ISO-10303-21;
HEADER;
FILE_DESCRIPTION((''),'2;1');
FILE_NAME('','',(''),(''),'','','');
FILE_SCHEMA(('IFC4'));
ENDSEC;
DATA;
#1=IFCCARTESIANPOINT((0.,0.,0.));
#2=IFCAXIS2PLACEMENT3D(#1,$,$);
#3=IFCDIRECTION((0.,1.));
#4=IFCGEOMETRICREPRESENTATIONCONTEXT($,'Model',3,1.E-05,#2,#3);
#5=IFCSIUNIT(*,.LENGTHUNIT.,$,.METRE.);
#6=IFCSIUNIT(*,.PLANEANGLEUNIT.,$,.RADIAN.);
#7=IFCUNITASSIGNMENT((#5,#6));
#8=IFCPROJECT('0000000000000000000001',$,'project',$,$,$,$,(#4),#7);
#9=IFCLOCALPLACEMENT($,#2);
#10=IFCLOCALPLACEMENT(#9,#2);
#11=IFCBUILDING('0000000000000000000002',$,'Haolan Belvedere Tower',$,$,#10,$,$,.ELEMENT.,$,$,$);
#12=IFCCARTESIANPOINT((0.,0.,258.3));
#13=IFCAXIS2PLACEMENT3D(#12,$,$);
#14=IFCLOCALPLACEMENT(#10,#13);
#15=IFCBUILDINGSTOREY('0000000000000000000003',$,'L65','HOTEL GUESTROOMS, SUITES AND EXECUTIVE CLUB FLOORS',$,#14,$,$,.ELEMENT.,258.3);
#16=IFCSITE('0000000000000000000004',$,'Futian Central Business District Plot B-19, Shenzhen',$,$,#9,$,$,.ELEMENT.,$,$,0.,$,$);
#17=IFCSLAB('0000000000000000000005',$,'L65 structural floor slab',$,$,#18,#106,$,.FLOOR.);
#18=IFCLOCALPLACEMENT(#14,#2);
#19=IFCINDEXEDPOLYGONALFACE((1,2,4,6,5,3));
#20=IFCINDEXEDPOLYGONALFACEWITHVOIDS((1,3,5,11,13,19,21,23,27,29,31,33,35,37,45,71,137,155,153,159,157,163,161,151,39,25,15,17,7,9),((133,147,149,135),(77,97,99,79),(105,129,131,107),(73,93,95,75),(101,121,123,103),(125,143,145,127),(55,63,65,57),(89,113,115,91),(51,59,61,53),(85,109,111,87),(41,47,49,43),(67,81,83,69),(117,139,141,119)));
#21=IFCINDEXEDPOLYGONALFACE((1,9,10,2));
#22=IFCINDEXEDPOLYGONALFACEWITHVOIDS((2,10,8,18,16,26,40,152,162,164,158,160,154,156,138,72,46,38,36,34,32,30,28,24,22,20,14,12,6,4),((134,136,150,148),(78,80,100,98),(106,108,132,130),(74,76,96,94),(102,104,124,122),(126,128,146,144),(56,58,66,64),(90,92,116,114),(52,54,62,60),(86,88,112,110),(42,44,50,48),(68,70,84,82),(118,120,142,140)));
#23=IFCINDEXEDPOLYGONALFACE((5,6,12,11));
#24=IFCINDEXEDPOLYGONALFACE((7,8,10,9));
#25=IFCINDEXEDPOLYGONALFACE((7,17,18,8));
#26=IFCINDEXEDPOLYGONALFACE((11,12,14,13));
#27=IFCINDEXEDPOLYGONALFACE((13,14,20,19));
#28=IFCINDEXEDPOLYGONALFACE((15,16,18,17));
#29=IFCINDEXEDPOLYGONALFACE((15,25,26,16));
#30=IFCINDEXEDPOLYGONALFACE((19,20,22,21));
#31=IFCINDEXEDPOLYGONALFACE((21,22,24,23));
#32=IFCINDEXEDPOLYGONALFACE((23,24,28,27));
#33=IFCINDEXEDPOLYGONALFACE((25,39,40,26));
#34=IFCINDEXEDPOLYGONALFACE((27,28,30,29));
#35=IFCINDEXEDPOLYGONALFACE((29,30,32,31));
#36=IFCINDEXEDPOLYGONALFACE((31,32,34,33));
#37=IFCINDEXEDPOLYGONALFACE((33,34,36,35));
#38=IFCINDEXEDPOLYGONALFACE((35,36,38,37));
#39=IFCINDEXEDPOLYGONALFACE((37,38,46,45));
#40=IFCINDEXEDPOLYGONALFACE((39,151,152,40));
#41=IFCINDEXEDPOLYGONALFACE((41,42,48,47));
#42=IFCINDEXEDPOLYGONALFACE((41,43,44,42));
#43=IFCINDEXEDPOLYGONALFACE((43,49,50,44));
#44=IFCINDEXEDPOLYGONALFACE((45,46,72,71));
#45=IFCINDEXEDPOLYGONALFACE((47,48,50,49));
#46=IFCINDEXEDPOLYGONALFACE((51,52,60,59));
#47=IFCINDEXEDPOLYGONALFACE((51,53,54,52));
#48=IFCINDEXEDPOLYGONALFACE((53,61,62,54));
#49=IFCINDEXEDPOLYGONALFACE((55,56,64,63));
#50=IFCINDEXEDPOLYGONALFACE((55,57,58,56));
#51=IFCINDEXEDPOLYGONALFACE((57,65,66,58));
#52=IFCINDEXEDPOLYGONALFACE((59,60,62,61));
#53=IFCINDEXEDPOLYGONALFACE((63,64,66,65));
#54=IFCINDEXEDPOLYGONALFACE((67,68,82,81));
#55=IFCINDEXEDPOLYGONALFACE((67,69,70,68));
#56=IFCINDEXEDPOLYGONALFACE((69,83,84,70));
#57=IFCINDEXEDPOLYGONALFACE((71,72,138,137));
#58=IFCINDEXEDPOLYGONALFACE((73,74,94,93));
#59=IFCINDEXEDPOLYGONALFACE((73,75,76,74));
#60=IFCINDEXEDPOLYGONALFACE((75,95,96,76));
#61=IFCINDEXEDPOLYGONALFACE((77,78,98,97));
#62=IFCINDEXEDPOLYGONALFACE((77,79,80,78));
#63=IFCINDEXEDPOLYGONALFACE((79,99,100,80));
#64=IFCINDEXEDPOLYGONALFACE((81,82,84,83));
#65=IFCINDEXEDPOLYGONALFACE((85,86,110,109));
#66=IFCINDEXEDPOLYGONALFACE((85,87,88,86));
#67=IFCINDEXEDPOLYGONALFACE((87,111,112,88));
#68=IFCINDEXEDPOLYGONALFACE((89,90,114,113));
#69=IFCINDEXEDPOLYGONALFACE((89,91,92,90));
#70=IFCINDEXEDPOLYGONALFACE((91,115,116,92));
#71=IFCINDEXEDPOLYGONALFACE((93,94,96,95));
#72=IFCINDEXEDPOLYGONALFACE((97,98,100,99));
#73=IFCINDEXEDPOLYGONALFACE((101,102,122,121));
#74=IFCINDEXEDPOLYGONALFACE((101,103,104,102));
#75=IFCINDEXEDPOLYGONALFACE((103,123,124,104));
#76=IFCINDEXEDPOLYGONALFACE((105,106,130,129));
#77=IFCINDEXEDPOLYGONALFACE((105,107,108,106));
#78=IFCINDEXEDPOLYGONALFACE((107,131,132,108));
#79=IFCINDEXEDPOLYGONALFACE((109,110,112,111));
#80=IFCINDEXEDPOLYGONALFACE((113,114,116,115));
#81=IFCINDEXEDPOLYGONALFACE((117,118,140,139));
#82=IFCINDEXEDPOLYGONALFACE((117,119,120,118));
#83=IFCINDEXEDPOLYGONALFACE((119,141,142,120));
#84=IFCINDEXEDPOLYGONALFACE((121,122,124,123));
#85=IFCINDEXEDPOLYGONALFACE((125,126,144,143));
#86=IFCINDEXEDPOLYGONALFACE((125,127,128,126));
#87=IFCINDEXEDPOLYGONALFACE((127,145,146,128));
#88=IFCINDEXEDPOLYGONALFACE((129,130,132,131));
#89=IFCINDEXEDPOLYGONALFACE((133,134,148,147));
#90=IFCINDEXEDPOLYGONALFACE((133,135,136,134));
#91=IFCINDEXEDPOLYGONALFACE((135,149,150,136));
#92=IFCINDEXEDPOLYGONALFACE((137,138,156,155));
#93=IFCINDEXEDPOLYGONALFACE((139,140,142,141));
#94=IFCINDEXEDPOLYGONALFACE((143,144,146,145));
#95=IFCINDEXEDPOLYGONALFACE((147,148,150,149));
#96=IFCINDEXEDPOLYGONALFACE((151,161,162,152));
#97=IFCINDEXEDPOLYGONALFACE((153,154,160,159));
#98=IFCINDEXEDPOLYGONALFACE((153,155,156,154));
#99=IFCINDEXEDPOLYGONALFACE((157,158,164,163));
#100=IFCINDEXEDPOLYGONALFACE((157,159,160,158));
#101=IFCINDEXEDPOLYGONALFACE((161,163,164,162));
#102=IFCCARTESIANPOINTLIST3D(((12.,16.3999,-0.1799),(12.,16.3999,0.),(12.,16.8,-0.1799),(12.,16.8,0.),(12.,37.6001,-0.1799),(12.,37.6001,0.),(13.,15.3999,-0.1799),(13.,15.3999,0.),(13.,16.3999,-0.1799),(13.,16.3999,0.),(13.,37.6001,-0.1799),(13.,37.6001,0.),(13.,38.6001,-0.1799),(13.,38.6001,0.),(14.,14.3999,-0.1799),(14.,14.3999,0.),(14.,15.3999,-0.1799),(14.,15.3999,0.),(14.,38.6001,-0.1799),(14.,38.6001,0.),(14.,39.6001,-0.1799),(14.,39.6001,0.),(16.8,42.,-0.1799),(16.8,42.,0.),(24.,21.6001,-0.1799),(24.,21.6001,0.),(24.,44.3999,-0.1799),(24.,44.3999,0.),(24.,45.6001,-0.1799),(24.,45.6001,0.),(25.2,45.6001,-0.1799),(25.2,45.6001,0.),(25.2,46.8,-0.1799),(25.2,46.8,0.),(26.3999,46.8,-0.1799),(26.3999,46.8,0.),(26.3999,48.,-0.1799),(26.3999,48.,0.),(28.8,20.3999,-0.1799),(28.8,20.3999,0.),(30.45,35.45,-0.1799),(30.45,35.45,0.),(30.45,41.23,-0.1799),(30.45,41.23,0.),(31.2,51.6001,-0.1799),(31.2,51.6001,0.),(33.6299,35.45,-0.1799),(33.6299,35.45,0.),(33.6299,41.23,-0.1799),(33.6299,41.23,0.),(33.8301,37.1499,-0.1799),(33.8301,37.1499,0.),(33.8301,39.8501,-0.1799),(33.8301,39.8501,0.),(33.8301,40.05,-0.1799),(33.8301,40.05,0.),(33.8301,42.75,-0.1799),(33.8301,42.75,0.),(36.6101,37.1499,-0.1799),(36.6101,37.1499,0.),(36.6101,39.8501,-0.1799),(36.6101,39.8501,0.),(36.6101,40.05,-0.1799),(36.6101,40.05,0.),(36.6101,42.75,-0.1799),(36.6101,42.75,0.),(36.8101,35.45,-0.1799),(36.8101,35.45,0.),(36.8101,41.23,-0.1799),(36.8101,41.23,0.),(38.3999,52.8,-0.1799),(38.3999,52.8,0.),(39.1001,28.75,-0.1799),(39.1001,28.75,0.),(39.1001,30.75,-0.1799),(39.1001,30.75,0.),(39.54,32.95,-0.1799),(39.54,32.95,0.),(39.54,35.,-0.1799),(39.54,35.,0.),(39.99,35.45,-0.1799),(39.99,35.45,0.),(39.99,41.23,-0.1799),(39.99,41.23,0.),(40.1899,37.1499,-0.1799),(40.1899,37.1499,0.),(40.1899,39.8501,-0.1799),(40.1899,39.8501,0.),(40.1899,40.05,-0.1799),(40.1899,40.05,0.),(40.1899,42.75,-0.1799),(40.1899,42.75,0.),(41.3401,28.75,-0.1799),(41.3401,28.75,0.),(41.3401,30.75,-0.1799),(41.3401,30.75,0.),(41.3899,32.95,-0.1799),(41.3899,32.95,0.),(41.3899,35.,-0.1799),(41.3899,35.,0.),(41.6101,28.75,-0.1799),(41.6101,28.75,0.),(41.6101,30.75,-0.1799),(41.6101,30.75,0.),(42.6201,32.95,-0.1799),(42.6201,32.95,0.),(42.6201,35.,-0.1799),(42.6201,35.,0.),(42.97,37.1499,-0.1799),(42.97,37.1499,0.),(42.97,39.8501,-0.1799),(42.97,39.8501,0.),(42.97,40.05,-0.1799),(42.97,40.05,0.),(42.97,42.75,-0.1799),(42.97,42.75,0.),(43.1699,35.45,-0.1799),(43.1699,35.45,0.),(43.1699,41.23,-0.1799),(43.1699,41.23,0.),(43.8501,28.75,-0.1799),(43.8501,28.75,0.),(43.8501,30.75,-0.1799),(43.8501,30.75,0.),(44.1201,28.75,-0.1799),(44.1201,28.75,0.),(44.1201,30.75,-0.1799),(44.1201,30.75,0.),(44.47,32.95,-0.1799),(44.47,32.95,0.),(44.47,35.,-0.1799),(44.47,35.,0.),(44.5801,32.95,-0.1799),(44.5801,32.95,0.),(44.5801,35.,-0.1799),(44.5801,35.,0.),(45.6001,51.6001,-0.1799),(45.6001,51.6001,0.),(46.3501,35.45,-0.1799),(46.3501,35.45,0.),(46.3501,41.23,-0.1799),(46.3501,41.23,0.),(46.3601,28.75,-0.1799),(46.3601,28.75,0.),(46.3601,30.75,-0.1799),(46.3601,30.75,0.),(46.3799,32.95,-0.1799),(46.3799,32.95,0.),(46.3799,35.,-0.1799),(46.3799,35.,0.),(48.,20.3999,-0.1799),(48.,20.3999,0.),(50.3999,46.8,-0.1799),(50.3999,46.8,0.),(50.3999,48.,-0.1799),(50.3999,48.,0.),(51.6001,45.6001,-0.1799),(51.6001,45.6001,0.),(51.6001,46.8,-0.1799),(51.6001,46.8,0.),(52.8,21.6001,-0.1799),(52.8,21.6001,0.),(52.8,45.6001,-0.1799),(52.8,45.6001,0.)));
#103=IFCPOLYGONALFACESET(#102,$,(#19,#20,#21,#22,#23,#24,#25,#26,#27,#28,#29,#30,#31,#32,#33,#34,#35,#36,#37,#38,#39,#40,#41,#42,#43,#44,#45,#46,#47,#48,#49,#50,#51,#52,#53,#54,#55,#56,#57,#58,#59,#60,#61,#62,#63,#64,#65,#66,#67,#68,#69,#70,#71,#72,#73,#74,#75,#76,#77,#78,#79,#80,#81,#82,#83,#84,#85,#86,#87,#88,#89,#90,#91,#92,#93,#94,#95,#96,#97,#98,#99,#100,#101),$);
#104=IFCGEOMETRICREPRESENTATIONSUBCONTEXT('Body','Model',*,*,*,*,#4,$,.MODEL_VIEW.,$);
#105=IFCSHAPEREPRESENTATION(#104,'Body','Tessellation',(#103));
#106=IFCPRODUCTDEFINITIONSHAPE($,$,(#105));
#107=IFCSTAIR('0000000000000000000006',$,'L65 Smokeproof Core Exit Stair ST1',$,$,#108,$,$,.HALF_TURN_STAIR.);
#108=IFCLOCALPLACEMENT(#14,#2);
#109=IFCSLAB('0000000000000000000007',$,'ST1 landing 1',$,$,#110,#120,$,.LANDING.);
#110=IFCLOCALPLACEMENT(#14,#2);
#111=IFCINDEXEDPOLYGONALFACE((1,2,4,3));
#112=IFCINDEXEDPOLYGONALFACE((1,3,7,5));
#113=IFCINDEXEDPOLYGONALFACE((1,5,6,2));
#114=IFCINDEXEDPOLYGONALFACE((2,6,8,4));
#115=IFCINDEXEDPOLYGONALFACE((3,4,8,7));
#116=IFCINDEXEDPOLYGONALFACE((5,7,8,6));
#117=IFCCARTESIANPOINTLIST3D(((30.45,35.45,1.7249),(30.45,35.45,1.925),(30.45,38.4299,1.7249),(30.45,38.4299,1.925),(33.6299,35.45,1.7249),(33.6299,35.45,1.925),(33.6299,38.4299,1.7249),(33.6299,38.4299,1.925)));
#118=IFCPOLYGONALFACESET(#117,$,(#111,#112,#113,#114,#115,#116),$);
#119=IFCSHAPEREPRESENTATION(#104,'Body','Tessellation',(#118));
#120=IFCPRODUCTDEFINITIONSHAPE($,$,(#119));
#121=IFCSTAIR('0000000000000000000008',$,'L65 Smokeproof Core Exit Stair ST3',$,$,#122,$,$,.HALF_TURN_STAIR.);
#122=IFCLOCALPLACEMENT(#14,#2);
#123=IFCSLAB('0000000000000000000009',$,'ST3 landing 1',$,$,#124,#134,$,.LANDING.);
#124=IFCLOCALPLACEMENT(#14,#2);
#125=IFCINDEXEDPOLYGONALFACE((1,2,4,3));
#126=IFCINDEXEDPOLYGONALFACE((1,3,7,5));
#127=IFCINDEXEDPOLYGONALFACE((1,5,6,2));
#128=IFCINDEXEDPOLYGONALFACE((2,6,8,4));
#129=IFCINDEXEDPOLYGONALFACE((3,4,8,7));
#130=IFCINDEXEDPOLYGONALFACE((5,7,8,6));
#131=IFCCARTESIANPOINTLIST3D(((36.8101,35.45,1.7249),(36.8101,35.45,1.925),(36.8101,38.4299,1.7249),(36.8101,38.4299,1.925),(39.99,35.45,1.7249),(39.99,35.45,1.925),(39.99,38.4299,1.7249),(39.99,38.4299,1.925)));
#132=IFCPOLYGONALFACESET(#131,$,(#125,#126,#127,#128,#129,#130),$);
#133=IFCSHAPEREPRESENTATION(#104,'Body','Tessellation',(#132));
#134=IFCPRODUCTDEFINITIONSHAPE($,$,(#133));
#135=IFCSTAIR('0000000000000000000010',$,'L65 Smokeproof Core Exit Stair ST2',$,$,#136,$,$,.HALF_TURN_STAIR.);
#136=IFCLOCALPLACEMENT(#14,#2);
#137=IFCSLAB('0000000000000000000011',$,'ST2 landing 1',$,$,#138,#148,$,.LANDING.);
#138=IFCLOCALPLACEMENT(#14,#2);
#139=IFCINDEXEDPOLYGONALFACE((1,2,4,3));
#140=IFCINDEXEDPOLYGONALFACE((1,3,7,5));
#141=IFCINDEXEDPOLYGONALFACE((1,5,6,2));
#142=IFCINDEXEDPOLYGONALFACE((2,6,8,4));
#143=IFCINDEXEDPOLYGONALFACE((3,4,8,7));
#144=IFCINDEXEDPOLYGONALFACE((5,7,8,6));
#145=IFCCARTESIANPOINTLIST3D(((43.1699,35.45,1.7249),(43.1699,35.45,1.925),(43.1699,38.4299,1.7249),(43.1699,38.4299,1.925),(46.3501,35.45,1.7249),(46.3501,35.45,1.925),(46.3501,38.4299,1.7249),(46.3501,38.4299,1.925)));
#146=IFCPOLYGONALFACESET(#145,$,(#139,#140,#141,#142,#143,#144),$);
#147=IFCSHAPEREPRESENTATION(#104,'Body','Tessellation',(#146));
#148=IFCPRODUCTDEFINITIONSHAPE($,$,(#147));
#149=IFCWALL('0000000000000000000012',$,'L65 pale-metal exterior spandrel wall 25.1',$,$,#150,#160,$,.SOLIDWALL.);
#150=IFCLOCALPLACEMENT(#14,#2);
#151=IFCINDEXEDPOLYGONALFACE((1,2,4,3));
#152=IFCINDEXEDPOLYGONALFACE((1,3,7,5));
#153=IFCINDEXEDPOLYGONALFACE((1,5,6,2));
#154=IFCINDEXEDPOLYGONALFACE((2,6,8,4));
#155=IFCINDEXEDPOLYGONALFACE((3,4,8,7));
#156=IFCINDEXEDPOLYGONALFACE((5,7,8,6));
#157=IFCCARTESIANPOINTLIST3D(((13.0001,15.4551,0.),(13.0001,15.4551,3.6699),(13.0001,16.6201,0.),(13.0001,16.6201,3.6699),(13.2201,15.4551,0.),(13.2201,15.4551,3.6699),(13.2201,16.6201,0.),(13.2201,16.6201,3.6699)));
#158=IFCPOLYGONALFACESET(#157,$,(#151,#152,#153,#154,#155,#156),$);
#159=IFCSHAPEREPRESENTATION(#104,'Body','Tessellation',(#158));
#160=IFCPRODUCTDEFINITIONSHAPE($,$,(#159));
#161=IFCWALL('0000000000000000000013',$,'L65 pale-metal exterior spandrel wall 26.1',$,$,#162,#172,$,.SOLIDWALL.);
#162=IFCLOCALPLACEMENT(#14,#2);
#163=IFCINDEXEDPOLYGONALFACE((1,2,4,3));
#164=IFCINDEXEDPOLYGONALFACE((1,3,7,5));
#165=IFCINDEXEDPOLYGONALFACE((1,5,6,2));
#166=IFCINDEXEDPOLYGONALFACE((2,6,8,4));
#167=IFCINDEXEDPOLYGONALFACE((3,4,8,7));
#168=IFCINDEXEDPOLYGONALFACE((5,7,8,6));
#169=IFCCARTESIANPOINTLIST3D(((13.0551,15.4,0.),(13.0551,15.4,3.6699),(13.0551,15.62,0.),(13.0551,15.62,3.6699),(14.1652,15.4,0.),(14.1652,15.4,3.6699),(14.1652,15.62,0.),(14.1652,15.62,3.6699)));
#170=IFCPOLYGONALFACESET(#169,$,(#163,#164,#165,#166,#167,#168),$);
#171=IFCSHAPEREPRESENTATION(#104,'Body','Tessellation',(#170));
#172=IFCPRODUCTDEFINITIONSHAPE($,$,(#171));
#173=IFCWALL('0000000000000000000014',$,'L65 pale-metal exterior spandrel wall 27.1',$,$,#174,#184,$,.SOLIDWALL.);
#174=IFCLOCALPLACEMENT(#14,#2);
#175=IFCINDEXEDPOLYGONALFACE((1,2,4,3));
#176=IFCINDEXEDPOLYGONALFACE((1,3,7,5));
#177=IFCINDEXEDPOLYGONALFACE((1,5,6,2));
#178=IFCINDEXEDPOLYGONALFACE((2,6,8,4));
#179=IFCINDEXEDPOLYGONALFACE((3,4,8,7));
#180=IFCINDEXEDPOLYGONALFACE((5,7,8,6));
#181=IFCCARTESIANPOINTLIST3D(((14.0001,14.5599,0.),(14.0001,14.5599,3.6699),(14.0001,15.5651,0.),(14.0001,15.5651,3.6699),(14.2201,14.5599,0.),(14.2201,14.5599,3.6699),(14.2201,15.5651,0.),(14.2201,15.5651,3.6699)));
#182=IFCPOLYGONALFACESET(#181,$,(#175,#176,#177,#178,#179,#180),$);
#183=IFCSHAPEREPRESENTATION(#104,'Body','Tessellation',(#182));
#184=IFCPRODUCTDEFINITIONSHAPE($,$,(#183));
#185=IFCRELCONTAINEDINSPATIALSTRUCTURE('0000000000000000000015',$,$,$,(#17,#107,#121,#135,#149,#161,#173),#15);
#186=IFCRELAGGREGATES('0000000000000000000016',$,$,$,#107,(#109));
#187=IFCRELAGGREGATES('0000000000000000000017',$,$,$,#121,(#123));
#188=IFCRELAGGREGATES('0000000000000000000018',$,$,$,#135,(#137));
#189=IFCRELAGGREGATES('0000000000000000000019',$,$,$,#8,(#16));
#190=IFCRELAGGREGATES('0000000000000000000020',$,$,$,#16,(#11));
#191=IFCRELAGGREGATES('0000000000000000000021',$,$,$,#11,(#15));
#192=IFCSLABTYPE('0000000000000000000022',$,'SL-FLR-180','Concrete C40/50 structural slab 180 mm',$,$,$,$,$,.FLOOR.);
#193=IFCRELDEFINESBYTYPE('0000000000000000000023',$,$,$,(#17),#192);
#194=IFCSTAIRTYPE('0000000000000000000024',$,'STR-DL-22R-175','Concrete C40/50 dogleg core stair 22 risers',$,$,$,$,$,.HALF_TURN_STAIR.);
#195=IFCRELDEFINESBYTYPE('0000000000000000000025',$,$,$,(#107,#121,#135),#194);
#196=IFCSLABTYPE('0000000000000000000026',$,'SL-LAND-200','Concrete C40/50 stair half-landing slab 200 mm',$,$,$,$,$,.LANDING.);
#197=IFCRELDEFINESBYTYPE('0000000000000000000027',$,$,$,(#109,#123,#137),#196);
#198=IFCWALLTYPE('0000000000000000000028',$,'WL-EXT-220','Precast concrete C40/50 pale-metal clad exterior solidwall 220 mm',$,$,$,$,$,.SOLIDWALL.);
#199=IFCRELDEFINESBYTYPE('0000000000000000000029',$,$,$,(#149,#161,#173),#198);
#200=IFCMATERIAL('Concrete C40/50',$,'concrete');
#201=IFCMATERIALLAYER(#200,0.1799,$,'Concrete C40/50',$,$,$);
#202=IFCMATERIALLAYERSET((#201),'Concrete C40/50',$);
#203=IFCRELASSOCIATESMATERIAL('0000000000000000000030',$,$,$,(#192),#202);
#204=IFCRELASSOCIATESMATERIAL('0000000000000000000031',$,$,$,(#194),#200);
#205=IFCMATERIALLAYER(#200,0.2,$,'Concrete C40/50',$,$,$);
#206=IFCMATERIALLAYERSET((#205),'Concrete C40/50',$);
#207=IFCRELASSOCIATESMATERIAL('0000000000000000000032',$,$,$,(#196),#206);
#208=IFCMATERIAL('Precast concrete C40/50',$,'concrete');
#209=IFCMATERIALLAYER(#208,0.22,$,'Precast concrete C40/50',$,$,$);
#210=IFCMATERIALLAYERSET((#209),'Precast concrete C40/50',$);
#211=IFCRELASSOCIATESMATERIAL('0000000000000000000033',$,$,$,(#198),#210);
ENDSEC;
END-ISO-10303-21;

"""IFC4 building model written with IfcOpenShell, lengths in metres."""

from ifc_helpers import new_model, si_unit, direction, frame, frame_2d, origin, place, context, subcontext, project, spatial, polyline, rectangle, outline, extrude, material, layer, layer_set, type_object, element, aggregate, save


model = new_model("IFC4")

# Units and contexts
model_context = context("Model", 3, precision=1e-05, world=origin(), true_north=direction((0.0, 1.0)))
body_context = subcontext(model_context, "Body", "Model", "MODEL_VIEW")
ifc_project = project(units=[si_unit("LENGTHUNIT", "METRE"), si_unit("PLANEANGLEUNIT", "RADIAN")], contexts=[model_context])

# Site, building, storey
site_placement = place(None, origin())
site = spatial("IfcSite", under=ifc_project, at=site_placement, Name="Futian Central Business District Plot B-19, Shenzhen", CompositionType="ELEMENT", RefElevation=0.0)
building_placement = place(site_placement, origin())
building = spatial("IfcBuilding", under=site, at=building_placement, Name="Haolan Belvedere Tower", CompositionType="ELEMENT")
storey_placement = place(building_placement, frame((0.0, 0.0, 258.3)))
storey = spatial("IfcBuildingStorey", under=building, at=storey_placement, Name="L65", Description="HOTEL GUESTROOMS, SUITES AND EXECUTIVE CLUB FLOORS", CompositionType="ELEMENT", Elevation=258.3)

# Slab
ifc_material_1 = material(Name="Concrete C40/50", Category="concrete")
ifc_layer_1 = layer(ifc_material_1, 0.1799, Name="Concrete C40/50")
ifc_layer_set_1 = layer_set([ifc_layer_1], Name="Concrete C40/50")
slab_type_1 = type_object("IfcSlabType", Name="SL-FLR-180", Description="Concrete C40/50 structural slab 180 mm", PredefinedType="FLOOR", material=ifc_layer_set_1)
slab_1_placement = place(storey_placement, frame((0.0, 0.0, -0.1799)))
element("IfcSlab", 1, at=slab_1_placement, inside=storey, type_object=slab_type_1, Name="L65 structural floor slab", PredefinedType="FLOOR", context=body_context, shape_type="SweptSolid", body=[
    extrude(outline(polyline([(24.0, 21.6001), (28.8, 20.3999), (48.0, 20.3999), (52.8, 21.6001), (52.8, 45.6001), (51.6001, 45.6001), (51.6001, 46.8), (50.3999, 46.8), (50.3999, 48.0), (45.6001, 51.6001), (38.3999, 52.8), (31.2, 51.6001), (26.3999, 48.0), (26.3999, 46.8), (25.2, 46.8), (25.2, 45.6001), (24.0, 45.6001), (24.0, 44.3999), (16.8, 42.0), (14.0, 39.6001), (14.0, 38.6001), (13.0, 38.6001), (13.0, 37.6001), (12.0, 37.6001), (12.0, 16.8), (12.0, 16.3999), (13.0, 16.3999), (13.0, 15.3999), (14.0, 15.3999), (14.0, 14.3999), (24.0, 21.6001)]), holes=[polyline([(30.45, 41.23), (30.45, 35.45), (33.6299, 35.45), (33.6299, 41.23), (30.45, 41.23)]), polyline([(36.8101, 41.23), (36.8101, 35.45), (39.99, 35.45), (39.99, 41.23), (36.8101, 41.23)]), polyline([(43.1699, 41.23), (43.1699, 35.45), (46.3501, 35.45), (46.3501, 41.23), (43.1699, 41.23)]), polyline([(33.8301, 40.05), (36.6101, 40.05), (36.6101, 42.75), (33.8301, 42.75), (33.8301, 40.05)]), polyline([(33.8301, 37.1499), (36.6101, 37.1499), (36.6101, 39.8501), (33.8301, 39.8501), (33.8301, 37.1499)]), polyline([(40.1899, 40.05), (42.97, 40.05), (42.97, 42.75), (40.1899, 42.75), (40.1899, 40.05)]), polyline([(40.1899, 37.1499), (42.97, 37.1499), (42.97, 39.8501), (40.1899, 39.8501), (40.1899, 37.1499)]), polyline([(39.54, 32.95), (41.3899, 32.95), (41.3899, 35.0), (39.54, 35.0), (39.54, 32.95)]), polyline([(42.6201, 32.95), (44.47, 32.95), (44.47, 35.0), (42.6201, 35.0), (42.6201, 32.95)]), polyline([(44.5801, 32.95), (46.3799, 32.95), (46.3799, 35.0), (44.5801, 35.0), (44.5801, 32.95)]), polyline([(39.1001, 28.75), (41.3401, 28.75), (41.3401, 30.75), (39.1001, 30.75), (39.1001, 28.75)]), polyline([(41.6101, 28.75), (43.8501, 28.75), (43.8501, 30.75), (41.6101, 30.75), (41.6101, 28.75)]), polyline([(44.1201, 28.75), (46.3601, 28.75), (46.3601, 30.75), (44.1201, 30.75), (44.1201, 28.75)])]), origin(), (0.0, 0.0, 1.0), 0.1799),
])

# Stairs, slabs
stair_type = type_object("IfcStairType", Name="STR-DL-22R-175", Description="Concrete C40/50 dogleg core stair 22 risers", PredefinedType="HALF_TURN_STAIR", material=ifc_material_1)
stair_1_placement = place(storey_placement, origin())
stair_1 = element("IfcStair", 2, at=stair_1_placement, inside=storey, type_object=stair_type, Name="L65 Smokeproof Core Exit Stair ST1", PredefinedType="HALF_TURN_STAIR")
ifc_layer_2 = layer(ifc_material_1, 0.2, Name="Concrete C40/50")
ifc_layer_set_2 = layer_set([ifc_layer_2], Name="Concrete C40/50")
slab_type_2 = type_object("IfcSlabType", Name="SL-LAND-200", Description="Concrete C40/50 stair half-landing slab 200 mm", PredefinedType="LANDING", material=ifc_layer_set_2)
slab_2_placement = place(storey_placement, frame((0.0, 0.0, 1.7249)))
slab_2 = element("IfcSlab", 3, at=slab_2_placement, type_object=slab_type_2, Name="ST1 landing 1", PredefinedType="LANDING", context=body_context, shape_type="SweptSolid", body=[
    extrude(outline(polyline([(30.45, 38.4299), (30.45, 35.45), (33.6299, 35.45), (33.6299, 38.4299), (30.45, 38.4299)])), origin(), (0.0, 0.0, 1.0), 0.2002),
])
aggregate(stair_1, [slab_2])
stair_2_placement = place(storey_placement, origin())
stair_2 = element("IfcStair", 4, at=stair_2_placement, inside=storey, type_object=stair_type, Name="L65 Smokeproof Core Exit Stair ST3", PredefinedType="HALF_TURN_STAIR")
slab_3_placement = place(storey_placement, frame((0.0, 0.0, 1.7249)))
slab_3 = element("IfcSlab", 5, at=slab_3_placement, type_object=slab_type_2, Name="ST3 landing 1", PredefinedType="LANDING", context=body_context, shape_type="SweptSolid", body=[
    extrude(outline(polyline([(36.8101, 38.4299), (36.8101, 35.45), (39.99, 35.45), (39.99, 38.4299), (36.8101, 38.4299)])), origin(), (0.0, 0.0, 1.0), 0.2002),
])
aggregate(stair_2, [slab_3])
stair_3_placement = place(storey_placement, origin())
stair_3 = element("IfcStair", 6, at=stair_3_placement, inside=storey, type_object=stair_type, Name="L65 Smokeproof Core Exit Stair ST2", PredefinedType="HALF_TURN_STAIR")
slab_4_placement = place(storey_placement, frame((0.0, 0.0, 1.7249)))
slab_4 = element("IfcSlab", 7, at=slab_4_placement, type_object=slab_type_2, Name="ST2 landing 1", PredefinedType="LANDING", context=body_context, shape_type="SweptSolid", body=[
    extrude(outline(polyline([(43.1699, 38.4299), (43.1699, 35.45), (46.3501, 35.45), (46.3501, 38.4299), (43.1699, 38.4299)])), origin(), (0.0, 0.0, 1.0), 0.2002),
])
aggregate(stair_3, [slab_4])

# Walls
ifc_material_2 = material(Name="Precast concrete C40/50", Category="concrete")
ifc_layer_3 = layer(ifc_material_2, 0.22, Name="Precast concrete C40/50")
ifc_layer_set_3 = layer_set([ifc_layer_3], Name="Precast concrete C40/50")
wall_type_1 = type_object("IfcWallType", Name="WL-EXT-220", Description="Precast concrete C40/50 pale-metal clad exterior solidwall 220 mm", PredefinedType="SOLIDWALL", material=ifc_layer_set_3)
wall_1_placement = place(storey_placement, frame((13.1101, 16.6201, 0.0), z_axis=(0.0, 0.0, 1.0), x_axis=(0.0, -1.0, 0.0)))
element("IfcWall", 8, at=wall_1_placement, inside=storey, type_object=wall_type_1, Name="L65 pale-metal exterior spandrel wall 25.1", PredefinedType="SOLIDWALL", context=body_context, shape_type="SweptSolid", body=[
    extrude(rectangle(XDim=1.165, YDim=0.22, at=frame_2d((0.5825, 0.0))), origin(), (0.0, 0.0, 1.0), 3.6699),
])
wall_2_placement = place(storey_placement, frame((13.0549, 15.51, 0.0), z_axis=(0.0, 0.0, 1.0), x_axis=(1.0, 0.0, 0.0)))
element("IfcWall", 9, at=wall_2_placement, inside=storey, type_object=wall_type_1, Name="L65 pale-metal exterior spandrel wall 26.1", PredefinedType="SOLIDWALL", context=body_context, shape_type="SweptSolid", body=[
    extrude(rectangle(XDim=1.1101, YDim=0.22, at=frame_2d((0.5552, 0.0))), origin(), (0.0, 0.0, 1.0), 3.6699),
])
wall_3_placement = place(storey_placement, frame((14.1101, 15.5649, 0.0), z_axis=(0.0, 0.0, 1.0), x_axis=(0.0, -1.0, 0.0)))
element("IfcWall", 10, at=wall_3_placement, inside=storey, type_object=wall_type_1, Name="L65 pale-metal exterior spandrel wall 27.1", PredefinedType="SOLIDWALL", context=body_context, shape_type="SweptSolid", body=[
    extrude(rectangle(XDim=1.0051, YDim=0.22, at=frame_2d((0.5024, 0.0))), origin(), (0.0, 0.0, 1.0), 3.6699),
])

save(model, "model.ifc")
